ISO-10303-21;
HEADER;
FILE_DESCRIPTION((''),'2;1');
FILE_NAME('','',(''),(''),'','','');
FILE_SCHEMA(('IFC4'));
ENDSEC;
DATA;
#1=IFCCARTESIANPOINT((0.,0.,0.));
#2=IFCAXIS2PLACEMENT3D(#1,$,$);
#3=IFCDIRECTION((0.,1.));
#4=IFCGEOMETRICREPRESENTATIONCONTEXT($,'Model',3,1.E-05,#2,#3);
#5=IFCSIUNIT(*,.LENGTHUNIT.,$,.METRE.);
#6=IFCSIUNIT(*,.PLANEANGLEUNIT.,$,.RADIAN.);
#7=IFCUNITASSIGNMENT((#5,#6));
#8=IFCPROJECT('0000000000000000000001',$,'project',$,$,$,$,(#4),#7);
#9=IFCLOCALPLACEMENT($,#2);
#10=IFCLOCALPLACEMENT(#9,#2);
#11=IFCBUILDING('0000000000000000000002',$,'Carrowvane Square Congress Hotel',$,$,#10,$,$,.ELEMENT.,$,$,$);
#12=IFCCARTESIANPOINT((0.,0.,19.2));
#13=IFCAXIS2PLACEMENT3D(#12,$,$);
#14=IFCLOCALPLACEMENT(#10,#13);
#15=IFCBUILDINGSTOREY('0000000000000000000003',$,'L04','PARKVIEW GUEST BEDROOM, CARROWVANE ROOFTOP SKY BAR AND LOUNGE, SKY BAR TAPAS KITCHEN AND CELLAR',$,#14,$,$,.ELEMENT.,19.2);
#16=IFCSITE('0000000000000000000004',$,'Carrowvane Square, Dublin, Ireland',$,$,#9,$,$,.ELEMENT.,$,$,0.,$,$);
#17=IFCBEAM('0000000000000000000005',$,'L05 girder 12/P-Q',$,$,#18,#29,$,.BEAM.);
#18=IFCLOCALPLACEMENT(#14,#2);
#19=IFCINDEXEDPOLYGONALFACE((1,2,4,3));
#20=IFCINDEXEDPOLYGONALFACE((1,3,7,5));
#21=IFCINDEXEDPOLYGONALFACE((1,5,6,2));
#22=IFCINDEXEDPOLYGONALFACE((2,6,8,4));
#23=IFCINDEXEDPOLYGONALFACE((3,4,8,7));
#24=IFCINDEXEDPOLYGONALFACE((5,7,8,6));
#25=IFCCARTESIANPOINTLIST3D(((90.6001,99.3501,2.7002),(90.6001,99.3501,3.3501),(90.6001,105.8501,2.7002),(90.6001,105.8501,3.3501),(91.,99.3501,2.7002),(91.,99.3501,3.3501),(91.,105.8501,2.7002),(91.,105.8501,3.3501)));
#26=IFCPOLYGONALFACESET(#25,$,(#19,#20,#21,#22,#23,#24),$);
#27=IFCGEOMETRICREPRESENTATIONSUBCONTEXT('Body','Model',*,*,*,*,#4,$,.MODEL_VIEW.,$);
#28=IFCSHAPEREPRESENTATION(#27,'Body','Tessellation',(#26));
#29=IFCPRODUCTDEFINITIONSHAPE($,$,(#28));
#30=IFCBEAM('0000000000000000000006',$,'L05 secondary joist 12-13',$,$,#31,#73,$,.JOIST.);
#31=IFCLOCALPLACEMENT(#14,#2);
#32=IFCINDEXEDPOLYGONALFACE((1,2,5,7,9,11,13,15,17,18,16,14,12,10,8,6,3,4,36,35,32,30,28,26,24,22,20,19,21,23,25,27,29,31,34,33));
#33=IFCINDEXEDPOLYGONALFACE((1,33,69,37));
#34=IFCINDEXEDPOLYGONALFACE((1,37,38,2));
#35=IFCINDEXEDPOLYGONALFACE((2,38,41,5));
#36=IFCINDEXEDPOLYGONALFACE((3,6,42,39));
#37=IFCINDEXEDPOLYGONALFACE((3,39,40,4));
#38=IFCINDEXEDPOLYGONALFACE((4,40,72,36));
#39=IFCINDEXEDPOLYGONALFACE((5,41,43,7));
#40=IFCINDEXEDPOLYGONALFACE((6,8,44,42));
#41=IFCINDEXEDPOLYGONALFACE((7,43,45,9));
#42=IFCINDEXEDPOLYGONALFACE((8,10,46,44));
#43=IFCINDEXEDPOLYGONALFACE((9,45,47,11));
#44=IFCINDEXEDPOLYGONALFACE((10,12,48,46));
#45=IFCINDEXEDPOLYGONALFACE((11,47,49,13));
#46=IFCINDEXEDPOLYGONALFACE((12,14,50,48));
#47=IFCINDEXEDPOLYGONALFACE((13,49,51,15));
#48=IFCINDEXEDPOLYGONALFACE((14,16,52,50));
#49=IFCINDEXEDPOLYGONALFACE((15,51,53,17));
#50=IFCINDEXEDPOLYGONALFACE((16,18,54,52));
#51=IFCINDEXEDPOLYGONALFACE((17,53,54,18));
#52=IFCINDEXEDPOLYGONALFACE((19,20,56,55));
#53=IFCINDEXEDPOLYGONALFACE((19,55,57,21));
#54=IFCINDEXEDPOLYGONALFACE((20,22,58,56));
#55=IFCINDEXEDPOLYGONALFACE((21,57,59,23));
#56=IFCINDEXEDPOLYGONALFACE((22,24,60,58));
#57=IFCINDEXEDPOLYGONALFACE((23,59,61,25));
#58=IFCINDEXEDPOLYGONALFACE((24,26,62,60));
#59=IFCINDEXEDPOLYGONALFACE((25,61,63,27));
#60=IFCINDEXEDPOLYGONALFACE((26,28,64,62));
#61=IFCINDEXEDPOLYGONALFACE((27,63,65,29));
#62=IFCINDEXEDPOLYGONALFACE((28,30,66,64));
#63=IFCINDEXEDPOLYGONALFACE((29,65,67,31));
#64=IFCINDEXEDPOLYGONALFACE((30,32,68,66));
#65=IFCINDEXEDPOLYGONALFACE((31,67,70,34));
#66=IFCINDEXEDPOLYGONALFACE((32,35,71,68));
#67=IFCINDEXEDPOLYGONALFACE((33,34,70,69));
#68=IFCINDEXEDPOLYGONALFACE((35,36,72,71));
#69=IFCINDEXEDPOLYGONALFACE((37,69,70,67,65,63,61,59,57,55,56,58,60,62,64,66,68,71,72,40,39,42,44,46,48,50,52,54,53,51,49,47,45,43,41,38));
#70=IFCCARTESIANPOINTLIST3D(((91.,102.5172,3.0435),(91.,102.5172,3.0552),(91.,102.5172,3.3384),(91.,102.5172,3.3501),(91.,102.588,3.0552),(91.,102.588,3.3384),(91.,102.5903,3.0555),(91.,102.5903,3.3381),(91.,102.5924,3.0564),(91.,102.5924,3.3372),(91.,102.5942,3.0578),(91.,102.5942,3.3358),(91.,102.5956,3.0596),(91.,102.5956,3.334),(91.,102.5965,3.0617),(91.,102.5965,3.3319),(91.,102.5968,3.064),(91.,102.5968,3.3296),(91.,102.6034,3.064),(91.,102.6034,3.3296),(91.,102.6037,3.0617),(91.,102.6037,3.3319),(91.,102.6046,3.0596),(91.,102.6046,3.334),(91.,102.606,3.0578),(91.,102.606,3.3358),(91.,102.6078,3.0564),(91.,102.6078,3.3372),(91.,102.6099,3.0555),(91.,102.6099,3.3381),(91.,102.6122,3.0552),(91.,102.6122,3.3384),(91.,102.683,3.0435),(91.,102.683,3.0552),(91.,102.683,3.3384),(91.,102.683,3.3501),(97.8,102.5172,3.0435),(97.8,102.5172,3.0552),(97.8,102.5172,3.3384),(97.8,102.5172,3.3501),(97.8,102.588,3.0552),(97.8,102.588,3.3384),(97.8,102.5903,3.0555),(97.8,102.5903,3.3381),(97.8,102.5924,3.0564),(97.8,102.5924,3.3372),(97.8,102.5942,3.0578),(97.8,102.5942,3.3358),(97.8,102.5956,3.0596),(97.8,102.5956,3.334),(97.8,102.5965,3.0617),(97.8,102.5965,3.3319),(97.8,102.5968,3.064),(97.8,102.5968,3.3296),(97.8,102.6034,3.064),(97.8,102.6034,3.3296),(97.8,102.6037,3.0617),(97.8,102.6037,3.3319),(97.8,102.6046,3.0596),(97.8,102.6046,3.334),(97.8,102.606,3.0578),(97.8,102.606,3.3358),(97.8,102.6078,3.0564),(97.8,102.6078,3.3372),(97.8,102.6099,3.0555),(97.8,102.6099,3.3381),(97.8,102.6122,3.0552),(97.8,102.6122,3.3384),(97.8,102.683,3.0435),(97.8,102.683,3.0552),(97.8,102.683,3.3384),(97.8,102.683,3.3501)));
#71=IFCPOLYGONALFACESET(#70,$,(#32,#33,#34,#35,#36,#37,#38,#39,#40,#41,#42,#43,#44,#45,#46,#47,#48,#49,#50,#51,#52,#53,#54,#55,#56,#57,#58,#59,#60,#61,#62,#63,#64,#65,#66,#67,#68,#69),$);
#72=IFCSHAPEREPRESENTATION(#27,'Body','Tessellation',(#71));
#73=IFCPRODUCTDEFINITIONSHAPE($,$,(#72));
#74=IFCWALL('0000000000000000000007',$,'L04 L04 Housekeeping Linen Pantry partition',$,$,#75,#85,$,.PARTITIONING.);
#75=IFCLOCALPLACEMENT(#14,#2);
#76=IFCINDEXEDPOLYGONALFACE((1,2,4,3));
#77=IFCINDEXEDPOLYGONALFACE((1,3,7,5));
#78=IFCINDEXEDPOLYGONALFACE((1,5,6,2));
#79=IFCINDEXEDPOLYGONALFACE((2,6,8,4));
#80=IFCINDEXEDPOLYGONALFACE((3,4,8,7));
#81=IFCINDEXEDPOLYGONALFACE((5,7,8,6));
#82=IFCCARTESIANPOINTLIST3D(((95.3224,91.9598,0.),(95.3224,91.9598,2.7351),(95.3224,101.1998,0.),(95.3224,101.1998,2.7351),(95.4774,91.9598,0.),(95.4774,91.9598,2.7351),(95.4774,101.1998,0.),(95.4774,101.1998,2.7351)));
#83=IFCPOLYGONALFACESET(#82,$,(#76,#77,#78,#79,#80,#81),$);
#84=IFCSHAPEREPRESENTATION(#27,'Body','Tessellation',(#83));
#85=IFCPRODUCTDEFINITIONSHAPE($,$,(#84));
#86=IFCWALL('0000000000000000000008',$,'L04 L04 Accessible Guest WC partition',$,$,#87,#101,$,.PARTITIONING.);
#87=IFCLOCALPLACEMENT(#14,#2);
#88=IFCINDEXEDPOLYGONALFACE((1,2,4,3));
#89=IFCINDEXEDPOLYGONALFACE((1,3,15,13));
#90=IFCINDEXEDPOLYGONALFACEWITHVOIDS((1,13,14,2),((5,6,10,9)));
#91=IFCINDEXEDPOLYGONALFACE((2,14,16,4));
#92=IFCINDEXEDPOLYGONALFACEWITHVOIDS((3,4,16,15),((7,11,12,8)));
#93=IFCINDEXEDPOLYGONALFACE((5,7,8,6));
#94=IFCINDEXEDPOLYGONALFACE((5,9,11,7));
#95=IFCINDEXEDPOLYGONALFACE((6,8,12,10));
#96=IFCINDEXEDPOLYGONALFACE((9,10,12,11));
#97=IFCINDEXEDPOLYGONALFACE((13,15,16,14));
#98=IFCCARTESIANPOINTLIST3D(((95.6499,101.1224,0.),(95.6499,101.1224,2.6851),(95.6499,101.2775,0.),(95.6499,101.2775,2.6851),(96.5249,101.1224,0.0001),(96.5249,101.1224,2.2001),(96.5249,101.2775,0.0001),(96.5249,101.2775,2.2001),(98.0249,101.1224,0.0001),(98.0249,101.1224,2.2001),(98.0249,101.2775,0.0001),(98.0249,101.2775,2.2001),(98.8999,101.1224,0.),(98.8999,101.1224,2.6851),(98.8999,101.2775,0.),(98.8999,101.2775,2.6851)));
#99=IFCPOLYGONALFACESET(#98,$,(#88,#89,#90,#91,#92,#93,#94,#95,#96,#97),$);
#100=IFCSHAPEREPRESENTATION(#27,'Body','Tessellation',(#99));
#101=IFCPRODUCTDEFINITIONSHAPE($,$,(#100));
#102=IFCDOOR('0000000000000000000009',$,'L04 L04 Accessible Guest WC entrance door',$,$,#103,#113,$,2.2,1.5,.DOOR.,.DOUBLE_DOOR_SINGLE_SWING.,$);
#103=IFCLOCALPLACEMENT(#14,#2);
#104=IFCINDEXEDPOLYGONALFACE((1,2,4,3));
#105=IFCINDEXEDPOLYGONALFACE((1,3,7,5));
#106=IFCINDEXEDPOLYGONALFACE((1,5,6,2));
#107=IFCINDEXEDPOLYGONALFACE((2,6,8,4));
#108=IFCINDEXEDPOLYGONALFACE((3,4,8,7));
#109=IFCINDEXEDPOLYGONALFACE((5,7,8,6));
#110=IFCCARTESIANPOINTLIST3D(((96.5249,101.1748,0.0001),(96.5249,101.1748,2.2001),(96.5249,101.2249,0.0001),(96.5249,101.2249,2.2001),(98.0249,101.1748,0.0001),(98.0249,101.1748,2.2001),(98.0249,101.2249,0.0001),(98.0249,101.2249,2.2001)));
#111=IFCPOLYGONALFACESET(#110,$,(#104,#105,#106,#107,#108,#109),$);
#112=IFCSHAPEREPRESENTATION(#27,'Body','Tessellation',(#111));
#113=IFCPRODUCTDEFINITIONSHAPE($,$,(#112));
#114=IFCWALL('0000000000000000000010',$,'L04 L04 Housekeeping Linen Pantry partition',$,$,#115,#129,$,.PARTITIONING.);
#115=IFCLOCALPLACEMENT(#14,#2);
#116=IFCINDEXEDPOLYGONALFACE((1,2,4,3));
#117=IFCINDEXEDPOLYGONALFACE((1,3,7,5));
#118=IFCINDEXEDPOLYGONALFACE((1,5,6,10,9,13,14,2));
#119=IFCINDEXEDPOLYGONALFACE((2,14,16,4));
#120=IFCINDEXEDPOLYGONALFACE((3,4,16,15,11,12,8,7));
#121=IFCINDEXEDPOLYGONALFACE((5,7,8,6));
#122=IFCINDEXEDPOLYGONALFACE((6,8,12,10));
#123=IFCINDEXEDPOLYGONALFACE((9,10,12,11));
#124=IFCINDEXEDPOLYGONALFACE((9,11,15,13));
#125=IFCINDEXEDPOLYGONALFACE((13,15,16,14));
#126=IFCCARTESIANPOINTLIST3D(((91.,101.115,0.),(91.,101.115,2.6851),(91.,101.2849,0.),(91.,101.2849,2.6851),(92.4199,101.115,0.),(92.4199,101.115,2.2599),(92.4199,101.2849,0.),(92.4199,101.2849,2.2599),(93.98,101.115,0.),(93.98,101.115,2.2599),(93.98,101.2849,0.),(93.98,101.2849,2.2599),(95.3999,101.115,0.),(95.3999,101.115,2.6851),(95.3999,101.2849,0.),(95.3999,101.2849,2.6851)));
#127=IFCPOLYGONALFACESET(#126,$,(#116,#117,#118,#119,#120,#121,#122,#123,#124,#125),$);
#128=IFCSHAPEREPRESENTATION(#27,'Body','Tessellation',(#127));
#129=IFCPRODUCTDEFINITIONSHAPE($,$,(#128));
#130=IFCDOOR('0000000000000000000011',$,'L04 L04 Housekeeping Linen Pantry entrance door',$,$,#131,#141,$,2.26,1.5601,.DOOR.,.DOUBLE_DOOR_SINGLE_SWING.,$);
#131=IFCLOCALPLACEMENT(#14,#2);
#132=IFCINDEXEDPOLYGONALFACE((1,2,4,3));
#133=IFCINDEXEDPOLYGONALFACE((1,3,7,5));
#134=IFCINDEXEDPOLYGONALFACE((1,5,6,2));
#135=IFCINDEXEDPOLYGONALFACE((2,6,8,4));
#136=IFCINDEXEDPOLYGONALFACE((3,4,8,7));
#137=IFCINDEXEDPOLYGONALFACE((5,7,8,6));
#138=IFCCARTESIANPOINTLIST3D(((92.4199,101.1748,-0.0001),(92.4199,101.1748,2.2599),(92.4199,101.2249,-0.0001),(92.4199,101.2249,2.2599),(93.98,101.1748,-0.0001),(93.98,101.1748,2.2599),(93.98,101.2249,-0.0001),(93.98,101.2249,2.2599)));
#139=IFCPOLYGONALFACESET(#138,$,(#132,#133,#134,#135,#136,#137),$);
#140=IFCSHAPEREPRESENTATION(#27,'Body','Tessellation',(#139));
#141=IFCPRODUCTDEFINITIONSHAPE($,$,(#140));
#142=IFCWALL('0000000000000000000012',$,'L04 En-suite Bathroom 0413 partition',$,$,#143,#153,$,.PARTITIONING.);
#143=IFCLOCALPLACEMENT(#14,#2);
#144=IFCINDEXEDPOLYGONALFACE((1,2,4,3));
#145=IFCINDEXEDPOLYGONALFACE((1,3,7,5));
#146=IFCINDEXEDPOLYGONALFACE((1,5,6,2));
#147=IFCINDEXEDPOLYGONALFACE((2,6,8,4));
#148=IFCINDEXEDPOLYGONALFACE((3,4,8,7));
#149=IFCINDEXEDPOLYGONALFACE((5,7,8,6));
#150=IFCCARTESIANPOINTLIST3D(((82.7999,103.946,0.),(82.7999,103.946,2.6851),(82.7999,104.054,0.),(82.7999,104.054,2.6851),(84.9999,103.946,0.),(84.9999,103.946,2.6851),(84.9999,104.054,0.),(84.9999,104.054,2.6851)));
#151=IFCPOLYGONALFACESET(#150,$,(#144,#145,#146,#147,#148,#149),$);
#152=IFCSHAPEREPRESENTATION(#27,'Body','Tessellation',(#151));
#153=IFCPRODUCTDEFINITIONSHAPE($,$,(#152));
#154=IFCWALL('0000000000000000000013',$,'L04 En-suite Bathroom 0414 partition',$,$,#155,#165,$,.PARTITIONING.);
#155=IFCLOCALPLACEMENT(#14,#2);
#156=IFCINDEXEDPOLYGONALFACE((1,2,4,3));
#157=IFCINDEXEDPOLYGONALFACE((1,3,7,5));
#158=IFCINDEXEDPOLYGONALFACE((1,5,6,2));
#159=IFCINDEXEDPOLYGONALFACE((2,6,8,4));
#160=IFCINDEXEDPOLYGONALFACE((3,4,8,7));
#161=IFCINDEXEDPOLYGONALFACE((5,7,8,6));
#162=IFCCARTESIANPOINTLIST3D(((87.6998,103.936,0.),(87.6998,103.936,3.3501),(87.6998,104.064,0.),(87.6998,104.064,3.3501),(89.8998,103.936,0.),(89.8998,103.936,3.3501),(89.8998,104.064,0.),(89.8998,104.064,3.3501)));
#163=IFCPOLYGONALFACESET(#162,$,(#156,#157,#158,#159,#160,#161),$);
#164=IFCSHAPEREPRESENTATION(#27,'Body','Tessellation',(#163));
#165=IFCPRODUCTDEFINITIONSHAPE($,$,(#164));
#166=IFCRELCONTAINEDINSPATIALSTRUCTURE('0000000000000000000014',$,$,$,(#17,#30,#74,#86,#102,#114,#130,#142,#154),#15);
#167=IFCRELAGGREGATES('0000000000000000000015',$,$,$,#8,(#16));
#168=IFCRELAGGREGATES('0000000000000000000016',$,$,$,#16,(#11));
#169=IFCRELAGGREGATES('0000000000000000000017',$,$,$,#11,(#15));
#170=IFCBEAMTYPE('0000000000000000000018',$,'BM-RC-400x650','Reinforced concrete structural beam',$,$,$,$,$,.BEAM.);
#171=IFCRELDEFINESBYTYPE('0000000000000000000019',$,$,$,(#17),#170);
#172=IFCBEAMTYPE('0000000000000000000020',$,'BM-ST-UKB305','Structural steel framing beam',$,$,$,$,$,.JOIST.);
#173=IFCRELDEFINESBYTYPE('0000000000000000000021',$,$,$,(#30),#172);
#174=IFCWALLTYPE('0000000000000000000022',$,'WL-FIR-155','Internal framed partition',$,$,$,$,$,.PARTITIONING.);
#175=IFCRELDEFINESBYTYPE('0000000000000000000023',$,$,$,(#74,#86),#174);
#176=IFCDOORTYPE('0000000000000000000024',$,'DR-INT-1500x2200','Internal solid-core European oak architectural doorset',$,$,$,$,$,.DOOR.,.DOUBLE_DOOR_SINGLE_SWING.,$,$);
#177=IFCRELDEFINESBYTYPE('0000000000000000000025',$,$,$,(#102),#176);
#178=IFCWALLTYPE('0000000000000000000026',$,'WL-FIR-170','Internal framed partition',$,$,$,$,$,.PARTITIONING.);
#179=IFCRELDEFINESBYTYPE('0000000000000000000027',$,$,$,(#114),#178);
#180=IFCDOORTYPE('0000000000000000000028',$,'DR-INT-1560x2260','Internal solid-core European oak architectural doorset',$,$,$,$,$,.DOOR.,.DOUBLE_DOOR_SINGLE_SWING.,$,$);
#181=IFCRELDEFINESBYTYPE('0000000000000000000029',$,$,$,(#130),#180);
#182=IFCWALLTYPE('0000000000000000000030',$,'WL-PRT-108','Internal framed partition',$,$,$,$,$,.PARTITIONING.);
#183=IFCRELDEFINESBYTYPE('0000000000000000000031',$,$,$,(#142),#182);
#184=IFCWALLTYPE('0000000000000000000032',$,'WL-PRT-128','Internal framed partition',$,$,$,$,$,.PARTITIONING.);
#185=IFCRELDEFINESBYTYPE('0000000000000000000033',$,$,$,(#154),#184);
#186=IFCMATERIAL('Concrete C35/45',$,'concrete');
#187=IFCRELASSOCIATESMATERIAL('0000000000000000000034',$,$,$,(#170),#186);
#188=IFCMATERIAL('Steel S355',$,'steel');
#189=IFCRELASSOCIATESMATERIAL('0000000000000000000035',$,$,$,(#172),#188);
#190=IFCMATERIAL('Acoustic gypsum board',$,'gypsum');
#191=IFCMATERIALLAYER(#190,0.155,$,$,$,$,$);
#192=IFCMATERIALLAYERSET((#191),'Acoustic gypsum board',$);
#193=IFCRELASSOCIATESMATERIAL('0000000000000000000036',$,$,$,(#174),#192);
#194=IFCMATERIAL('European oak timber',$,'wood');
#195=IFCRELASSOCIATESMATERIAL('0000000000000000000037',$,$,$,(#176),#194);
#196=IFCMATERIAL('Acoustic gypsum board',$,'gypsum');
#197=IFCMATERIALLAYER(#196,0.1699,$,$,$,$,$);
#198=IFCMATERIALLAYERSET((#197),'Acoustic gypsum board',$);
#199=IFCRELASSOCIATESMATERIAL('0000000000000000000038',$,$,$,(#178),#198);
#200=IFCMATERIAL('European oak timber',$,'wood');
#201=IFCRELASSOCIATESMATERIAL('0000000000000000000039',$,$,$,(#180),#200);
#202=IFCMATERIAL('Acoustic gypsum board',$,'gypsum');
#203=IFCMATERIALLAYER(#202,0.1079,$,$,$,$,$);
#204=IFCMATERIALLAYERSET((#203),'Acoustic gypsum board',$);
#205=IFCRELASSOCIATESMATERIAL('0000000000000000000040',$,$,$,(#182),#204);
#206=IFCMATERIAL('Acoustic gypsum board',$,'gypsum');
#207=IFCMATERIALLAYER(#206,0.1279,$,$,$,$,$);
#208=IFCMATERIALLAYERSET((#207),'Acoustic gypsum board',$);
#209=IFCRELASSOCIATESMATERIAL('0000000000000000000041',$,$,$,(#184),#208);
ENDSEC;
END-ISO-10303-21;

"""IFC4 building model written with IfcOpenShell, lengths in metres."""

from ifc_helpers import new_model, si_unit, direction, frame, frame_2d, origin, origin_2d, place, context, subcontext, project, spatial, rectangle, i_section, extrude, material, layer, layer_set, material_profile, profile_set, type_object, element, fill, save


model = new_model("IFC4")

# Units and contexts
model_context = context("Model", 3, precision=1e-05, world=origin(), true_north=direction((0.0, 1.0)))
body_context = subcontext(model_context, "Body", "Model", "MODEL_VIEW")
ifc_project = project(units=[si_unit("LENGTHUNIT", "METRE"), si_unit("PLANEANGLEUNIT", "RADIAN")], contexts=[model_context])

# Site, building, storey
site_placement = place(None, origin())
site = spatial("IfcSite", under=ifc_project, at=site_placement, Name="Carrowvane Square, Dublin, Ireland", CompositionType="ELEMENT", RefElevation=0.0)
building_placement = place(site_placement, origin())
building = spatial("IfcBuilding", under=site, at=building_placement, Name="Carrowvane Square Congress Hotel", CompositionType="ELEMENT")
storey_placement = place(building_placement, frame((0.0, 0.0, 19.2)))
storey = spatial("IfcBuildingStorey", under=building, at=storey_placement, Name="L04", Description="PARKVIEW GUEST BEDROOM, CARROWVANE ROOFTOP SKY BAR AND LOUNGE, SKY BAR TAPAS KITCHEN AND CELLAR", CompositionType="ELEMENT", Elevation=19.2)

# Beams
ifc_material_1 = material(Name="Concrete C35/45", Category="concrete")
ifc_material_profile_1 = material_profile(ifc_material_1, rectangle(XDim=0.3999, YDim=0.6499, at=origin_2d()), Name="RC 400x650")
ifc_profile_set_1 = profile_set([ifc_material_profile_1], Name="Concrete C35/45")
beam_type_1 = type_object("IfcBeamType", Name="BM-RC-400x650", Description="Reinforced concrete structural beam", PredefinedType="BEAM", material=ifc_profile_set_1)
beam_1_placement = place(storey_placement, frame((90.8, 99.3501, 3.0251), z_axis=(0.0, 1.0, 0.0), x_axis=(-1.0, 0.0, 0.0)))
element("IfcBeam", 1, at=beam_1_placement, inside=storey, type_object=beam_type_1, Name="L05 girder 12/P-Q", PredefinedType="BEAM", context=body_context, shape_type="SweptSolid", body=[
    extrude(rectangle(XDim=0.3999, YDim=0.6499, at=origin_2d()), origin(), (0.0, 0.0, 1.0), 6.5),
])
ifc_material_2 = material(Name="Steel S355", Category="steel")
ifc_material_profile_2 = material_profile(ifc_material_2, i_section(OverallWidth=0.1658, OverallDepth=0.3066, WebThickness=0.0066, FlangeThickness=0.0117, FilletRadius=0.0088, at=origin_2d()), Name="UKB 305x165x46")
ifc_profile_set_2 = profile_set([ifc_material_profile_2], Name="Steel S355")
beam_type_2 = type_object("IfcBeamType", Name="BM-ST-UKB305", Description="Structural steel framing beam", PredefinedType="JOIST", material=ifc_profile_set_2)
beam_2_placement = place(storey_placement, frame((91.0, 102.6001, 3.1968), z_axis=(1.0, 0.0, 0.0), x_axis=(0.0, 1.0, 0.0)))
element("IfcBeam", 2, at=beam_2_placement, inside=storey, type_object=beam_type_2, Name="L05 secondary joist 12-13", PredefinedType="JOIST", context=body_context, shape_type="SweptSolid", body=[
    extrude(i_section(OverallWidth=0.1658, OverallDepth=0.3066, WebThickness=0.0066, FlangeThickness=0.0117, FilletRadius=0.0088, at=origin_2d()), origin(), (0.0, 0.0, 1.0), 6.8),
])

# Wall
ifc_material_3 = material(Name="Acoustic gypsum board", Category="gypsum")
ifc_layer_1 = layer(ifc_material_3, 0.155)
ifc_layer_set_1 = layer_set([ifc_layer_1], Name="Acoustic gypsum board")
wall_type_1 = type_object("IfcWallType", Name="WL-FIR-155", Description="Internal framed partition", PredefinedType="PARTITIONING", material=ifc_layer_set_1)
wall_1_placement = place(storey_placement, frame((95.3999, 101.2, 0.0), z_axis=(0.0, 0.0, 1.0), x_axis=(0.0, -1.0, 0.0)))
element("IfcWall", 3, at=wall_1_placement, inside=storey, type_object=wall_type_1, Name="L04 L04 Housekeeping Linen Pantry partition", PredefinedType="PARTITIONING", context=body_context, shape_type="SweptSolid", body=[
    extrude(rectangle(XDim=9.24, YDim=0.155, at=frame_2d((4.6201, 0.0))), origin(), (0.0, 0.0, 1.0), 2.7351),
])

# Walls, openings, doors
wall_2_placement = place(storey_placement, frame((95.6499, 101.2, 0.0), z_axis=(0.0, 0.0, 1.0), x_axis=(1.0, 0.0, 0.0)))
wall_2 = element("IfcWall", 4, at=wall_2_placement, inside=storey, type_object=wall_type_1, Name="L04 L04 Accessible Guest WC partition", PredefinedType="PARTITIONING", context=body_context, shape_type="SweptSolid", body=[
    extrude(rectangle(XDim=3.25, YDim=0.155, at=frame_2d((1.625, 0.0))), origin(), (0.0, 0.0, 1.0), 2.6851),
])
opening_1_placement = place(wall_2_placement, frame((0.875, 0.0, 0.0)))
opening_1 = element("IfcOpeningElement", 5, at=opening_1_placement, cuts=wall_2, PredefinedType="OPENING", context=body_context, shape_type="SweptSolid", body=[
    extrude(rectangle(XDim=1.5, YDim=2.2, at=frame_2d((0.75, 1.1001))), frame((0.0, 0.0874, 0.0), z_axis=(0.0, -1.0, 0.0), x_axis=(1.0, 0.0, 0.0)), (0.0, 0.0, 1.0), 0.175),
])
ifc_material_4 = material(Name="European oak timber", Category="wood")
door_type_1 = type_object("IfcDoorType", Name="DR-INT-1500x2200", Description="Internal solid-core European oak architectural doorset", OperationType="DOUBLE_DOOR_SINGLE_SWING", PredefinedType="DOOR", material=ifc_material_4)
door_1_placement = place(opening_1_placement, origin())
door_1 = element("IfcDoor", 6, at=door_1_placement, inside=storey, type_object=door_type_1, Name="L04 L04 Accessible Guest WC entrance door", OperationType="DOUBLE_DOOR_SINGLE_SWING", OverallHeight=2.2, OverallWidth=1.5, PredefinedType="DOOR", context=body_context, shape_type="SweptSolid", body=[
    extrude(rectangle(XDim=1.5, YDim=2.2, at=frame_2d((0.75, 1.1001))), frame((0.0, 0.0249, 0.0), z_axis=(0.0, -1.0, 0.0), x_axis=(1.0, 0.0, 0.0)), (0.0, 0.0, 1.0), 0.05),
])
fill(opening_1, door_1)
ifc_material_5 = material(Name="Acoustic gypsum board", Category="gypsum")
ifc_layer_2 = layer(ifc_material_5, 0.1699)
ifc_layer_set_2 = layer_set([ifc_layer_2], Name="Acoustic gypsum board")
wall_type_2 = type_object("IfcWallType", Name="WL-FIR-170", Description="Internal framed partition", PredefinedType="PARTITIONING", material=ifc_layer_set_2)
wall_3_placement = place(storey_placement, frame((91.0, 101.2, 0.0), z_axis=(0.0, 0.0, 1.0), x_axis=(1.0, 0.0, 0.0)))
wall_3 = element("IfcWall", 7, at=wall_3_placement, inside=storey, type_object=wall_type_2, Name="L04 L04 Housekeeping Linen Pantry partition", PredefinedType="PARTITIONING", context=body_context, shape_type="SweptSolid", body=[
    extrude(rectangle(XDim=4.3999, YDim=0.1699, at=frame_2d((2.2, 0.0))), origin(), (0.0, 0.0, 1.0), 2.6851),
])
opening_2_placement = place(wall_3_placement, frame((1.4199, 0.0, 0.0)))
opening_2 = element("IfcOpeningElement", 8, at=opening_2_placement, cuts=wall_3, PredefinedType="OPENING", context=body_context, shape_type="SweptSolid", body=[
    extrude(rectangle(XDim=1.5601, YDim=2.26, at=frame_2d((0.78, 1.1299))), frame((0.0, 0.095, 0.0), z_axis=(0.0, -1.0, 0.0), x_axis=(1.0, 0.0, 0.0)), (0.0, 0.0, 1.0), 0.1899),
])
ifc_material_6 = material(Name="European oak timber", Category="wood")
door_type_2 = type_object("IfcDoorType", Name="DR-INT-1560x2260", Description="Internal solid-core European oak architectural doorset", OperationType="DOUBLE_DOOR_SINGLE_SWING", PredefinedType="DOOR", material=ifc_material_6)
door_2_placement = place(opening_2_placement, origin())
door_2 = element("IfcDoor", 9, at=door_2_placement, inside=storey, type_object=door_type_2, Name="L04 L04 Housekeeping Linen Pantry entrance door", OperationType="DOUBLE_DOOR_SINGLE_SWING", OverallHeight=2.26, OverallWidth=1.5601, PredefinedType="DOOR", context=body_context, shape_type="SweptSolid", body=[
    extrude(rectangle(XDim=1.5601, YDim=2.26, at=frame_2d((0.78, 1.1299))), frame((0.0, 0.0249, 0.0), z_axis=(0.0, -1.0, 0.0), x_axis=(1.0, 0.0, 0.0)), (0.0, 0.0, 1.0), 0.05),
])
fill(opening_2, door_2)

# Walls
ifc_material_7 = material(Name="Acoustic gypsum board", Category="gypsum")
ifc_layer_3 = layer(ifc_material_7, 0.1079)
ifc_layer_set_3 = layer_set([ifc_layer_3], Name="Acoustic gypsum board")
wall_type_3 = type_object("IfcWallType", Name="WL-PRT-108", Description="Internal framed partition", PredefinedType="PARTITIONING", material=ifc_layer_set_3)
wall_4_placement = place(storey_placement, frame((85.0, 104.0, 0.0), z_axis=(0.0, 0.0, 1.0), x_axis=(-1.0, 0.0, 0.0)))
element("IfcWall", 10, at=wall_4_placement, inside=storey, type_object=wall_type_3, Name="L04 En-suite Bathroom 0413 partition", PredefinedType="PARTITIONING", context=body_context, shape_type="SweptSolid", body=[
    extrude(rectangle(XDim=2.2, YDim=0.1079, at=frame_2d((1.1001, 0.0))), origin(), (0.0, 0.0, 1.0), 2.6851),
])
ifc_material_8 = material(Name="Acoustic gypsum board", Category="gypsum")
ifc_layer_4 = layer(ifc_material_8, 0.1279)
ifc_layer_set_4 = layer_set([ifc_layer_4], Name="Acoustic gypsum board")
wall_type_4 = type_object("IfcWallType", Name="WL-PRT-128", Description="Internal framed partition", PredefinedType="PARTITIONING", material=ifc_layer_set_4)
wall_5_placement = place(storey_placement, frame((89.8999, 104.0, 0.0), z_axis=(0.0, 0.0, 1.0), x_axis=(-1.0, 0.0, 0.0)))
element("IfcWall", 11, at=wall_5_placement, inside=storey, type_object=wall_type_4, Name="L04 En-suite Bathroom 0414 partition", PredefinedType="PARTITIONING", context=body_context, shape_type="SweptSolid", body=[
    extrude(rectangle(XDim=2.2, YDim=0.1279, at=frame_2d((1.1001, 0.0))), origin(), (0.0, 0.0, 1.0), 3.3501),
])

save(model, "model.ifc")
